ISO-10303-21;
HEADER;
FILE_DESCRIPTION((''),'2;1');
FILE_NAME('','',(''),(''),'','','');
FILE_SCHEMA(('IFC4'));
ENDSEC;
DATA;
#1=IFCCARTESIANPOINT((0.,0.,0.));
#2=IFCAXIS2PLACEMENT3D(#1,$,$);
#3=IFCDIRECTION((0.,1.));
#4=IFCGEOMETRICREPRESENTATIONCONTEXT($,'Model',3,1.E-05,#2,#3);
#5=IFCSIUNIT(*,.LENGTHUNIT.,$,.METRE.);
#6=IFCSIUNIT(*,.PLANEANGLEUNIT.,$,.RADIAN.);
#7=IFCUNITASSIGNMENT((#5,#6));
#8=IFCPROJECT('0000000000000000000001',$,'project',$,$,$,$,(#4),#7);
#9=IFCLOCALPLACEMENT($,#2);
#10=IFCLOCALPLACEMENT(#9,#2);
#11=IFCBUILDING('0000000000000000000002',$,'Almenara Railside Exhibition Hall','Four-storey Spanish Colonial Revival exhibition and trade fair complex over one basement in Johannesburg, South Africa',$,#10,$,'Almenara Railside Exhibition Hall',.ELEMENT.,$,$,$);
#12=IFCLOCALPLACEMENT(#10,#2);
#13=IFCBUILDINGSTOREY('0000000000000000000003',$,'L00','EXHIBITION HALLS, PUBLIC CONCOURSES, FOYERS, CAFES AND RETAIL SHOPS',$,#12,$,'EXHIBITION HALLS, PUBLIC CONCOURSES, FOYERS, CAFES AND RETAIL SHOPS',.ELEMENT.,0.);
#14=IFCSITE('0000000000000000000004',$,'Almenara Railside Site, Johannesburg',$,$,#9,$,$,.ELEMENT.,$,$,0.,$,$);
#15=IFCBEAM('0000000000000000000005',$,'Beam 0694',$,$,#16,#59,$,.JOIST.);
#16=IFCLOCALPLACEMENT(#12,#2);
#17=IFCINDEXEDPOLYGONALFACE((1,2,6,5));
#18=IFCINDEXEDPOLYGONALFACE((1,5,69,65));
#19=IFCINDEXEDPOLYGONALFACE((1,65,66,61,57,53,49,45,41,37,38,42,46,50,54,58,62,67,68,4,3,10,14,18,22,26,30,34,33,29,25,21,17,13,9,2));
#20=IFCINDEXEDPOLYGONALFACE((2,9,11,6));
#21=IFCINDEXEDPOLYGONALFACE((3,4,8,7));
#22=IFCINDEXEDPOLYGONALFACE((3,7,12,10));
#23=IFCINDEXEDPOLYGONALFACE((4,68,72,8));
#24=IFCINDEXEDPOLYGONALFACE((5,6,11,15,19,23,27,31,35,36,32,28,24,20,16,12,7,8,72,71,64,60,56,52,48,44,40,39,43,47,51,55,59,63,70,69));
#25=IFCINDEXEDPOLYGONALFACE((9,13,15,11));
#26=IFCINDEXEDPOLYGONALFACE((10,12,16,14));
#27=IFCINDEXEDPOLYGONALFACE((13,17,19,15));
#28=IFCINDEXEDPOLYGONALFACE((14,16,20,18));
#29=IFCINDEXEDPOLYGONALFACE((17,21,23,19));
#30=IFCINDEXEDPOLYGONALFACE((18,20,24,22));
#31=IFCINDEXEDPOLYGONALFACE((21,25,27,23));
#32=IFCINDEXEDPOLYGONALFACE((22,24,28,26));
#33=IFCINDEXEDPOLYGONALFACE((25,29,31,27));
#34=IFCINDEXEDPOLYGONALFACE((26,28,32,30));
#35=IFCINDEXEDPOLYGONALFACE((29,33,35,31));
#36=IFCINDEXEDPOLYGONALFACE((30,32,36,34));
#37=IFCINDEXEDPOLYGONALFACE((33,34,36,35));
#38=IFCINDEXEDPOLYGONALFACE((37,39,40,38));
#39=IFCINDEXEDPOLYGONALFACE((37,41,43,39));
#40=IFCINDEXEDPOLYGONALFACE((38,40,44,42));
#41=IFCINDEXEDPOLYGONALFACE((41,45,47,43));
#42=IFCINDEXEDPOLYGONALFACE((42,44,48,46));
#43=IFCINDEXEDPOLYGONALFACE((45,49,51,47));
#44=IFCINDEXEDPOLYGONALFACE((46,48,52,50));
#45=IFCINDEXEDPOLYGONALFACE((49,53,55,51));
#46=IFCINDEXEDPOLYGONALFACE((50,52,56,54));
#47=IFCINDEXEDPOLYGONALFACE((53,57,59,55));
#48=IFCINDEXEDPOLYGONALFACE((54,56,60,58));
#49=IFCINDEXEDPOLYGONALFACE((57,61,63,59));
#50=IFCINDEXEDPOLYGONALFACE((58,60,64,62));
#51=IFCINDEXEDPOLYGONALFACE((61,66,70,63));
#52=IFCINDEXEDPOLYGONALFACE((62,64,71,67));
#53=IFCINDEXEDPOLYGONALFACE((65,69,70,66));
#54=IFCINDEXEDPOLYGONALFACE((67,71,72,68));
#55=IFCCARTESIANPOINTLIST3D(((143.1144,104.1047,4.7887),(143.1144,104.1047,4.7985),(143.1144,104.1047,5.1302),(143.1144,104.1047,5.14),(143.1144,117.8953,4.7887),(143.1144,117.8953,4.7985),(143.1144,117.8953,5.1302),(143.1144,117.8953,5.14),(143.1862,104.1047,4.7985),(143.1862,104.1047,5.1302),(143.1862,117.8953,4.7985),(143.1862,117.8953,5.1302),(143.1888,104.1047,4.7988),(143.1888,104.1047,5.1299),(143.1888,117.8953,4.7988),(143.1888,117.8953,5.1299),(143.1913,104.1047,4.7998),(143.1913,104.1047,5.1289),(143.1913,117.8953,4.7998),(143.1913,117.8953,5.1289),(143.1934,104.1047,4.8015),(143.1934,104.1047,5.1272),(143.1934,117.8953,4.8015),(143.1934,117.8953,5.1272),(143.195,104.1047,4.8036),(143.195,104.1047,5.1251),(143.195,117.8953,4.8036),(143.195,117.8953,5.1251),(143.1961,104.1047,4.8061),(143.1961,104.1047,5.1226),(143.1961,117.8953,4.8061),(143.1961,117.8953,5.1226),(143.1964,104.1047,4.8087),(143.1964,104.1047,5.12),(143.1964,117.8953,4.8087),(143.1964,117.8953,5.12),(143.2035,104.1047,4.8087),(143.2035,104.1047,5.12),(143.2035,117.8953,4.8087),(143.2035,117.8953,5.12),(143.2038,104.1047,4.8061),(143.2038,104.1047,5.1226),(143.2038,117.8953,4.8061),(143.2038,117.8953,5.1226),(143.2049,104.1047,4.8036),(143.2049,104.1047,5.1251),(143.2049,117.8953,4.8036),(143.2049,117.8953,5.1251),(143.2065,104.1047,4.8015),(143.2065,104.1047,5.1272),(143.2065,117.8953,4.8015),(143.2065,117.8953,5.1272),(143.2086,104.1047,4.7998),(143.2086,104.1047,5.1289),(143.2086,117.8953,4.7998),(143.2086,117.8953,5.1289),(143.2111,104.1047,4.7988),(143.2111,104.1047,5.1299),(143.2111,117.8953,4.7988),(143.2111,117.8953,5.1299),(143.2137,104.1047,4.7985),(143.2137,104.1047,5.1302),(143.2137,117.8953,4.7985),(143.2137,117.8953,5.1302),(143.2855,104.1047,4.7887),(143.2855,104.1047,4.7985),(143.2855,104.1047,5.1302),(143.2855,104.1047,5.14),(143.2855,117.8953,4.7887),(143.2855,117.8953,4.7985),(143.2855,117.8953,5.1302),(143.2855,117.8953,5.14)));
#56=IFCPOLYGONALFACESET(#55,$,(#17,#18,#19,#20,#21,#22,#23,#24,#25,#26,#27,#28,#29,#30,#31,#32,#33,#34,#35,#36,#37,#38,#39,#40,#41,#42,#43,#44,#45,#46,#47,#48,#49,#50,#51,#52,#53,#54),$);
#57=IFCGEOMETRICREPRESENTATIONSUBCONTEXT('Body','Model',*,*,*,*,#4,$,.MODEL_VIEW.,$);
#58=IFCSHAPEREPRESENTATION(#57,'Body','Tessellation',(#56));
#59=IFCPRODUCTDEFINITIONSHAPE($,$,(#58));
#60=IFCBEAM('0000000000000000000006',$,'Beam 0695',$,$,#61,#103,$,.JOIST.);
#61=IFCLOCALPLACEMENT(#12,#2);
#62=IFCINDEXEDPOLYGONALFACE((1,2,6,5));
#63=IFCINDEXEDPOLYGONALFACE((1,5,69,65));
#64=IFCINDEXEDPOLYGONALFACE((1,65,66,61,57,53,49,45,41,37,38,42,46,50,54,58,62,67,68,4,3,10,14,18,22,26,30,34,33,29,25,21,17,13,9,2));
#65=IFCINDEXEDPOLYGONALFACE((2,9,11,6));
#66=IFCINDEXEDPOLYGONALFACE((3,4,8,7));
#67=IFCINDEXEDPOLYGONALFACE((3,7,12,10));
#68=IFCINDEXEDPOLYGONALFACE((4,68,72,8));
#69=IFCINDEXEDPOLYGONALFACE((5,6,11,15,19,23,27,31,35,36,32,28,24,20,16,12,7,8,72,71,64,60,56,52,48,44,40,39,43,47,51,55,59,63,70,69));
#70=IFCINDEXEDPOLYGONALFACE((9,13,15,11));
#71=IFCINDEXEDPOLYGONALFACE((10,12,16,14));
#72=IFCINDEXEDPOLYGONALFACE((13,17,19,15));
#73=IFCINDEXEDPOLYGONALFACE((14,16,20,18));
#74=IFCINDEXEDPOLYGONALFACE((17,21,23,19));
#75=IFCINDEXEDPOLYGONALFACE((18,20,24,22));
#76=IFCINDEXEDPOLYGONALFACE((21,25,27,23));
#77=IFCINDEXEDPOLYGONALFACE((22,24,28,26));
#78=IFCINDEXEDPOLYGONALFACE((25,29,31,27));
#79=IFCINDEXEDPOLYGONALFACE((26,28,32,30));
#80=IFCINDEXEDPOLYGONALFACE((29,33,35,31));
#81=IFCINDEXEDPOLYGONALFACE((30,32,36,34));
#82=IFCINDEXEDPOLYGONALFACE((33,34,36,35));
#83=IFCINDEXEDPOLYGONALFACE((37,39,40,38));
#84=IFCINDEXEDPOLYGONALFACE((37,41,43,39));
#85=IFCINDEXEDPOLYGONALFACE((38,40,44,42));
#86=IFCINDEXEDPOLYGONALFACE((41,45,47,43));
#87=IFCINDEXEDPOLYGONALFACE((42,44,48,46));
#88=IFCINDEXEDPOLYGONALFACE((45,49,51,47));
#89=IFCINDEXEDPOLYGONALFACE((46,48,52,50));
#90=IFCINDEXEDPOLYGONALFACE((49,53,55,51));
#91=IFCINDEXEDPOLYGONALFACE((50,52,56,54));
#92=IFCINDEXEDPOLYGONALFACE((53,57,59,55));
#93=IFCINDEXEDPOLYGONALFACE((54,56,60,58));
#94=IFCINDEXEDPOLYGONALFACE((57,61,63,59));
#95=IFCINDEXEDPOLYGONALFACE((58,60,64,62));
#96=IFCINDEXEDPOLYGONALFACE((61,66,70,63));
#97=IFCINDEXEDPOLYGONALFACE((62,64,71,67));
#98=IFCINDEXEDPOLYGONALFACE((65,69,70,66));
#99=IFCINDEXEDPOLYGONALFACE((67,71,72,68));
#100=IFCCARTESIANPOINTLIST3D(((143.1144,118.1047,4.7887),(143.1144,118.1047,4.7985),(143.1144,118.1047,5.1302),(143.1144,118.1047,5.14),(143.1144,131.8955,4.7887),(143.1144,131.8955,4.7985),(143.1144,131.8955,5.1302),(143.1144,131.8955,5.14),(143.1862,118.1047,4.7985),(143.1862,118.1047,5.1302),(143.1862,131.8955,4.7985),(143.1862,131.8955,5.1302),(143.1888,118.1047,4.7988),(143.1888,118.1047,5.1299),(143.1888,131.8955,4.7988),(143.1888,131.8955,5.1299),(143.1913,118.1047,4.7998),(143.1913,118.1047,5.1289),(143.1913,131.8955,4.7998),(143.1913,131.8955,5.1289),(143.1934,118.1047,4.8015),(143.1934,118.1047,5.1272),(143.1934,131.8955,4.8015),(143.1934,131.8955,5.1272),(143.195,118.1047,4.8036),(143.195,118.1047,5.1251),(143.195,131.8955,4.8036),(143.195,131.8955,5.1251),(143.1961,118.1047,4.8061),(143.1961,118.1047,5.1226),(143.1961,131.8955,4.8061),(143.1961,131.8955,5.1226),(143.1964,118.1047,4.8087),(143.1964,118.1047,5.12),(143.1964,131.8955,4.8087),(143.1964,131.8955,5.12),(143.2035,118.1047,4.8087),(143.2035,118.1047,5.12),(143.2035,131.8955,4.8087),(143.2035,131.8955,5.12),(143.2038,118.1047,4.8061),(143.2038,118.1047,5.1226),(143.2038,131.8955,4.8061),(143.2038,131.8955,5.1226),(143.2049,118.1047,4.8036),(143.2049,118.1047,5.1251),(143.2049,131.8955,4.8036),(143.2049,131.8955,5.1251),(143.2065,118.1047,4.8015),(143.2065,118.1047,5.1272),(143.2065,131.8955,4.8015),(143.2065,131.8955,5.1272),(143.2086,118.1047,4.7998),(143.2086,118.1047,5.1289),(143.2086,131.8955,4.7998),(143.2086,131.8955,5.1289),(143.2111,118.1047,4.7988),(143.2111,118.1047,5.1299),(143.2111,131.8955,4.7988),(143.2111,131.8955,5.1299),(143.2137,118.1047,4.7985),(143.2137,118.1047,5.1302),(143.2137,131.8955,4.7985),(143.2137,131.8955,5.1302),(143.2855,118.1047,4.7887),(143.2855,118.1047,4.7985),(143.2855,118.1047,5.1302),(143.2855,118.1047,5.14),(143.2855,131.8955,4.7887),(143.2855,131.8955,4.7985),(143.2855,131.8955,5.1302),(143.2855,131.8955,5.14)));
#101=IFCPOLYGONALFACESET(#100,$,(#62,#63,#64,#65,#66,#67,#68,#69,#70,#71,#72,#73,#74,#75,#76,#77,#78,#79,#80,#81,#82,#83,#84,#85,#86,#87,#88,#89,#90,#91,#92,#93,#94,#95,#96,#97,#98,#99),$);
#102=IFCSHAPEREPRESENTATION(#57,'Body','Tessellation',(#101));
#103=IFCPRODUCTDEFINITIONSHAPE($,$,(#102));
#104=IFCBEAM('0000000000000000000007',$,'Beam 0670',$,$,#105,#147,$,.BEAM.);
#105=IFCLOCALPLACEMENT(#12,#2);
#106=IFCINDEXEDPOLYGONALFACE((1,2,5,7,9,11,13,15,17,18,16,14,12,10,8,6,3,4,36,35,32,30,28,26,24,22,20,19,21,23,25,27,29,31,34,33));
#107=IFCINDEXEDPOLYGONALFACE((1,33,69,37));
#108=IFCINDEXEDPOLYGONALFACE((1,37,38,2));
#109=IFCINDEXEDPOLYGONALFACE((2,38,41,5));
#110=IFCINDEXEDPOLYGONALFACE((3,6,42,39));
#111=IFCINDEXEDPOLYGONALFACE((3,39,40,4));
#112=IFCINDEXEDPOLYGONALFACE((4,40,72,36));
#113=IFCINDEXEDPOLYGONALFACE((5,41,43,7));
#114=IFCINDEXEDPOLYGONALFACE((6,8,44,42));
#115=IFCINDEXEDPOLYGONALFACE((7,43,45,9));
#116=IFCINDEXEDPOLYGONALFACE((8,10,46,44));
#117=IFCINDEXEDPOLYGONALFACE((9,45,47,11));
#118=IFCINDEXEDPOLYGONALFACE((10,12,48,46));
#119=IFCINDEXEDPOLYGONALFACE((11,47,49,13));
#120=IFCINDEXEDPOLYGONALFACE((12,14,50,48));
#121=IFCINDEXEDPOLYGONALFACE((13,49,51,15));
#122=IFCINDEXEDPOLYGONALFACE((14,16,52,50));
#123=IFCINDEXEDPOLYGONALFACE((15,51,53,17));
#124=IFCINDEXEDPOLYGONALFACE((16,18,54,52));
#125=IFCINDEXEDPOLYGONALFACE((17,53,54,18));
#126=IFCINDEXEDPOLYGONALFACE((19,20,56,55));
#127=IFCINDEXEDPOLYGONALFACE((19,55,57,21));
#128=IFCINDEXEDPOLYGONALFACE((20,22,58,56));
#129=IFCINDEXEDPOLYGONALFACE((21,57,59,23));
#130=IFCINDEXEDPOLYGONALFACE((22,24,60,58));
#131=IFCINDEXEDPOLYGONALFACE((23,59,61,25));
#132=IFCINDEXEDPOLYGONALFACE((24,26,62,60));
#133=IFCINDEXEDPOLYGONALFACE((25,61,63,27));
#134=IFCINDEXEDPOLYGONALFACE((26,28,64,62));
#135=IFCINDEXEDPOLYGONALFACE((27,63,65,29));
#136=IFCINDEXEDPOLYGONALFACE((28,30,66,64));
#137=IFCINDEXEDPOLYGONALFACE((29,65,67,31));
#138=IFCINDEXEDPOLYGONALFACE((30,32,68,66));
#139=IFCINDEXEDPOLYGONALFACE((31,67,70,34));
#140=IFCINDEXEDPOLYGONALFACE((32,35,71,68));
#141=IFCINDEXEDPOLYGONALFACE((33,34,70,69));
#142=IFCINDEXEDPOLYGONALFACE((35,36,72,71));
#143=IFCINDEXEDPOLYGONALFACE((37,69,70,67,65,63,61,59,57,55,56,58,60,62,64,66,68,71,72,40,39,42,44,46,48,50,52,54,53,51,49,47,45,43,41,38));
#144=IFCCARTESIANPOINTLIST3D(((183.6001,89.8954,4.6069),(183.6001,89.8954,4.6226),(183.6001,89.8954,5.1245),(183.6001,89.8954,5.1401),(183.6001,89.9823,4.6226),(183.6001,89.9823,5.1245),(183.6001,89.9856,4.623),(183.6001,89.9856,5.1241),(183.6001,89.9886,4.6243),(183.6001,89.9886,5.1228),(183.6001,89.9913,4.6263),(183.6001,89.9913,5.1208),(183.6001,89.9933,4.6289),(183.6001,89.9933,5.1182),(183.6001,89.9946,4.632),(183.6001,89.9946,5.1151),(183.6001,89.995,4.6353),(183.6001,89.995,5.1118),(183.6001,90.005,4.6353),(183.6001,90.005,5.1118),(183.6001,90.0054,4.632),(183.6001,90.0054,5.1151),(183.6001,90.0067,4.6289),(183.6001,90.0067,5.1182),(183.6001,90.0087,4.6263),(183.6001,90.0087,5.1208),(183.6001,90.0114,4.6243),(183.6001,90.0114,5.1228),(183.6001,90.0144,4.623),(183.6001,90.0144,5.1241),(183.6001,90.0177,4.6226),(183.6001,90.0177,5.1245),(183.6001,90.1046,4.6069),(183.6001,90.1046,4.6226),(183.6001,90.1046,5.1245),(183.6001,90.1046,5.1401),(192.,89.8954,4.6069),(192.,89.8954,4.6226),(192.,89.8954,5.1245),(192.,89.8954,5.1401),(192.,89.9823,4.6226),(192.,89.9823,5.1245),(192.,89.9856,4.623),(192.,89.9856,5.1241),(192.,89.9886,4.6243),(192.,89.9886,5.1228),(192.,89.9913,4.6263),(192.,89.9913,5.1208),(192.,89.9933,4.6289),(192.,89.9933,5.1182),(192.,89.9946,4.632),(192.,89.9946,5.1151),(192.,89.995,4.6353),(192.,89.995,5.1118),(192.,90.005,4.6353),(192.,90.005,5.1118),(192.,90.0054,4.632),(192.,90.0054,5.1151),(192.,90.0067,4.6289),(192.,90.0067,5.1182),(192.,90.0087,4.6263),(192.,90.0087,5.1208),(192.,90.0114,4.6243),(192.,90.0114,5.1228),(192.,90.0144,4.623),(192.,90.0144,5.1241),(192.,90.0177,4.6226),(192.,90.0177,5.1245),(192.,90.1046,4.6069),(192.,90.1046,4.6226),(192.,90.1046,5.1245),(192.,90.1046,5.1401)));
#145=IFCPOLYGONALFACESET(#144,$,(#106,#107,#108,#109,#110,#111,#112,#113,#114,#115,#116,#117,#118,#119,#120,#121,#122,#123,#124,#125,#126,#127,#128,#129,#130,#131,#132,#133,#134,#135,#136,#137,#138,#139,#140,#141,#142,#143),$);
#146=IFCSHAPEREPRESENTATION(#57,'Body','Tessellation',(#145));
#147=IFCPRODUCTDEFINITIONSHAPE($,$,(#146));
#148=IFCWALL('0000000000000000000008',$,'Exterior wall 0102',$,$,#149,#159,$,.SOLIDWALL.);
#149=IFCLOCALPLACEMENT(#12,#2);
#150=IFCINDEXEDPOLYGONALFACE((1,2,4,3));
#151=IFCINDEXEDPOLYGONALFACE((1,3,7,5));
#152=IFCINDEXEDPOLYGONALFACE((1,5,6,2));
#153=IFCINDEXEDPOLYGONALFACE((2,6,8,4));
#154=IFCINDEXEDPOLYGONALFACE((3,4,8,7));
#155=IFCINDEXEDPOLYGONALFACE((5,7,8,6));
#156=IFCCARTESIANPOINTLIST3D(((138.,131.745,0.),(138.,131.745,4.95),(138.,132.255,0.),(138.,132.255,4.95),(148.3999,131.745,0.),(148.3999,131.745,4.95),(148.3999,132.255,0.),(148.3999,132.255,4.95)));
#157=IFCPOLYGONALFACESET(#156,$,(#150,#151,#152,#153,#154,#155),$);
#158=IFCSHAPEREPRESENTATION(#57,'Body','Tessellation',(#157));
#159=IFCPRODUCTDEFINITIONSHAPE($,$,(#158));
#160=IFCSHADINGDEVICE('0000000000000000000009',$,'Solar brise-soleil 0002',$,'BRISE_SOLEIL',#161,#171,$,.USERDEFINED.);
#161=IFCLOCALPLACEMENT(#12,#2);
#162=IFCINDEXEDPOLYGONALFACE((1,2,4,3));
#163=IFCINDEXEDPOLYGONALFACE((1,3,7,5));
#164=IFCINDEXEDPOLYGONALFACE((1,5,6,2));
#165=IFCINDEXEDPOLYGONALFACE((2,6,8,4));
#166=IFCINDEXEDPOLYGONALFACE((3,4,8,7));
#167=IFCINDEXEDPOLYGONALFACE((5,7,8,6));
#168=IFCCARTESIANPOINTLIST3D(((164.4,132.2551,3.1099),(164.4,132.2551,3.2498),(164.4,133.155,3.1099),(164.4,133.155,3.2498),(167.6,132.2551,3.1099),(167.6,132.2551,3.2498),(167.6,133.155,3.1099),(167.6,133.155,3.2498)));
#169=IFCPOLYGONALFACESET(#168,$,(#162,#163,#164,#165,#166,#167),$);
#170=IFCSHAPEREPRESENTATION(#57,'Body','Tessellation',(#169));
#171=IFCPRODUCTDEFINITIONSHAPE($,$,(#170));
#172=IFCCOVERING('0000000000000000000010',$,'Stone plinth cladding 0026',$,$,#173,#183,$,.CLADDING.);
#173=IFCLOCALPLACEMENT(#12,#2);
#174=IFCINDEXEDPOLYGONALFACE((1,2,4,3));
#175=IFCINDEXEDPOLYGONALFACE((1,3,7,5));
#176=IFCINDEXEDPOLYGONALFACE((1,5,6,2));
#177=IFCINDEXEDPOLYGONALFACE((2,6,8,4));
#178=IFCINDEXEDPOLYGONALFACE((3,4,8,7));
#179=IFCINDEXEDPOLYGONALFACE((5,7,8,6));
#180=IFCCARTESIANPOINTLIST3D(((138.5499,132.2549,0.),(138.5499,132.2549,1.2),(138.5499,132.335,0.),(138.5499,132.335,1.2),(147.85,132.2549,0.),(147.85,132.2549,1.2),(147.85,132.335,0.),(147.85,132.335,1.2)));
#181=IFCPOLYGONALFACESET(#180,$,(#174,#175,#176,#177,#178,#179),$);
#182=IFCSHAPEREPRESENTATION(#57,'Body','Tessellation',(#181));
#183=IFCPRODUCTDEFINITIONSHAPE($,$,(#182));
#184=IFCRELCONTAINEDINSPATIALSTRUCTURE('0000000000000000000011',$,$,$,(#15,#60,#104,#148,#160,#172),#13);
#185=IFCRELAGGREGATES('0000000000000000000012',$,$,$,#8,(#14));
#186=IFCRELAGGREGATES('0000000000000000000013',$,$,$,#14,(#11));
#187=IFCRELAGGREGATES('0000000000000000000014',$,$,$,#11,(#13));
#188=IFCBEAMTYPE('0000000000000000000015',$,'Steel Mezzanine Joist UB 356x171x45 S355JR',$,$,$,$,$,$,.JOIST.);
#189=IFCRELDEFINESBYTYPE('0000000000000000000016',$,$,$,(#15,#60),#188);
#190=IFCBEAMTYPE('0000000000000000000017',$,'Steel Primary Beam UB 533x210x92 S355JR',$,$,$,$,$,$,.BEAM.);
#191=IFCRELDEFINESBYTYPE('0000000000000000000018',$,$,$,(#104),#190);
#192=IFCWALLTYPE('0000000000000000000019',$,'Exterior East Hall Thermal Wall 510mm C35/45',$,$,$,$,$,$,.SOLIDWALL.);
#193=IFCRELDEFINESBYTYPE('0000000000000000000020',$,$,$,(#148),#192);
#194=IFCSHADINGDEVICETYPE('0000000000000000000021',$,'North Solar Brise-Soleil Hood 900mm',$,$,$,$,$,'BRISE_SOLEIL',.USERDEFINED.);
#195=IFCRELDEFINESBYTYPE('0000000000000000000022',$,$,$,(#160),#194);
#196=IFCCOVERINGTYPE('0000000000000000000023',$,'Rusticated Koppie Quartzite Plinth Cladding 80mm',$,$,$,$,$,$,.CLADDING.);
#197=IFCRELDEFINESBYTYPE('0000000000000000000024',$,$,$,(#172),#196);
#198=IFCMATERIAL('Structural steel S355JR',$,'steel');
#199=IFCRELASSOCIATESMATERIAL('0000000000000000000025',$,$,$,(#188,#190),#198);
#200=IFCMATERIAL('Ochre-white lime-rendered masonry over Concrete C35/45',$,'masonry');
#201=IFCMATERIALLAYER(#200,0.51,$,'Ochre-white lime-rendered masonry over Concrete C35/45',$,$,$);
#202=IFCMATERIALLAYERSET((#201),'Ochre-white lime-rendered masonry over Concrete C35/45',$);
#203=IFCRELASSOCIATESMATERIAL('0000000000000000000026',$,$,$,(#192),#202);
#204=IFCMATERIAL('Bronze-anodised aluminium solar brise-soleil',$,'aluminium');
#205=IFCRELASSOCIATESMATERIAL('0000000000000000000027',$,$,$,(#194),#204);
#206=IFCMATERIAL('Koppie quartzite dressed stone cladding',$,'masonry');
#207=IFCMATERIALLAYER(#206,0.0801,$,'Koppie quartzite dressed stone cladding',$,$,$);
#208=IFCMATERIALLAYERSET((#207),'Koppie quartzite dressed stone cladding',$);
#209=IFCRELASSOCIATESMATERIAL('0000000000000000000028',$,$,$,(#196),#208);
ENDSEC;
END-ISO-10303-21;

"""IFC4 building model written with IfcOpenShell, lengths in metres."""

from ifc_helpers import new_model, si_unit, direction, frame, frame_2d, origin, origin_2d, place, context, subcontext, project, spatial, rectangle, i_section, extrude, material, layer, layer_set, material_profile, profile_set, type_object, element, save


model = new_model("IFC4")

# Units and contexts
model_context = context("Model", 3, precision=1e-05, world=origin(), true_north=direction((0.0, 1.0)))
body_context = subcontext(model_context, "Body", "Model", "MODEL_VIEW")
ifc_project = project(units=[si_unit("LENGTHUNIT", "METRE"), si_unit("PLANEANGLEUNIT", "RADIAN")], contexts=[model_context])

# Site, building, storey
site_placement = place(None, origin())
site = spatial("IfcSite", under=ifc_project, at=site_placement, Name="Almenara Railside Site, Johannesburg", CompositionType="ELEMENT", RefElevation=0.0)
building_placement = place(site_placement, origin())
building = spatial("IfcBuilding", under=site, at=building_placement, Name="Almenara Railside Exhibition Hall", Description="Four-storey Spanish Colonial Revival exhibition and trade fair complex over one basement in Johannesburg, South Africa", LongName="Almenara Railside Exhibition Hall", CompositionType="ELEMENT")
storey_placement = place(building_placement, origin())
storey = spatial("IfcBuildingStorey", under=building, at=storey_placement, Name="L00", Description="EXHIBITION HALLS, PUBLIC CONCOURSES, FOYERS, CAFES AND RETAIL SHOPS", LongName="EXHIBITION HALLS, PUBLIC CONCOURSES, FOYERS, CAFES AND RETAIL SHOPS", CompositionType="ELEMENT", Elevation=0.0)

# Beams
ifc_material_1 = material(Name="Structural steel S355JR", Category="steel")
ifc_material_profile_1 = material_profile(ifc_material_1, i_section(OverallWidth=0.1711, OverallDepth=0.3513, WebThickness=0.0071, FlangeThickness=0.0098, FilletRadius=0.0103, at=origin_2d()), Name="UB 356x171x45")
ifc_profile_set_1 = profile_set([ifc_material_profile_1], Name="Structural steel S355JR")
beam_type_1 = type_object("IfcBeamType", Name="Steel Mezzanine Joist UB 356x171x45 S355JR", PredefinedType="JOIST", material=ifc_profile_set_1)
for number, where, z_axis, x_axis, name in (
    (1, (143.2, 104.1047, 4.9644), (0.0, 1.0, 0.0), (-1.0, 0.0, 0.0), "Beam 0694"),
):
    element("IfcBeam", number, at=place(storey_placement, frame(where, z_axis=z_axis, x_axis=x_axis)), inside=storey, type_object=beam_type_1, Name=name, PredefinedType="JOIST", context=body_context, shape_type="SweptSolid", body=[
        extrude(i_section(OverallWidth=0.1711, OverallDepth=0.3513, WebThickness=0.0071, FlangeThickness=0.0098, FilletRadius=0.0103, at=origin_2d()), origin(), (0.0, 0.0, 1.0), 13.7905),
    ])
beam_1_placement = place(storey_placement, frame((143.2, 118.1047, 4.9644), z_axis=(0.0, 1.0, 0.0), x_axis=(-1.0, 0.0, 0.0)))
element("IfcBeam", 2, at=beam_1_placement, inside=storey, type_object=beam_type_1, Name="Beam 0695", PredefinedType="JOIST", context=body_context, shape_type="SweptSolid", body=[
    extrude(i_section(OverallWidth=0.1711, OverallDepth=0.3513, WebThickness=0.0071, FlangeThickness=0.0098, FilletRadius=0.0103, at=origin_2d()), origin(), (0.0, 0.0, 1.0), 13.7908),
])
ifc_material_profile_2 = material_profile(ifc_material_1, i_section(OverallWidth=0.2092, OverallDepth=0.5332, WebThickness=0.01, FlangeThickness=0.0156, FilletRadius=0.0127, at=origin_2d()), Name="UB 533x210x92")
ifc_profile_set_2 = profile_set([ifc_material_profile_2], Name="Structural steel S355JR")
beam_type_2 = type_object("IfcBeamType", Name="Steel Primary Beam UB 533x210x92 S355JR", PredefinedType="BEAM", material=ifc_profile_set_2)
beam_2_placement = place(storey_placement, frame((183.6001, 90.0, 4.8735), z_axis=(1.0, 0.0, 0.0), x_axis=(0.0, 1.0, 0.0)))
element("IfcBeam", 3, at=beam_2_placement, inside=storey, type_object=beam_type_2, Name="Beam 0670", PredefinedType="BEAM", context=body_context, shape_type="SweptSolid", body=[
    extrude(i_section(OverallWidth=0.2092, OverallDepth=0.5332, WebThickness=0.01, FlangeThickness=0.0156, FilletRadius=0.0127, at=origin_2d()), origin(), (0.0, 0.0, 1.0), 8.3999),
])

# Wall
ifc_material_2 = material(Name="Ochre-white lime-rendered masonry over Concrete C35/45", Category="masonry")
ifc_layer_1 = layer(ifc_material_2, 0.51, Name="Ochre-white lime-rendered masonry over Concrete C35/45")
ifc_layer_set_1 = layer_set([ifc_layer_1], Name="Ochre-white lime-rendered masonry over Concrete C35/45")
wall_type = type_object("IfcWallType", Name="Exterior East Hall Thermal Wall 510mm C35/45", PredefinedType="SOLIDWALL", material=ifc_layer_set_1)
wall_placement = place(storey_placement, frame((148.3999, 132.0, 0.0), z_axis=(0.0, 0.0, 1.0), x_axis=(-1.0, 0.0, 0.0)))
element("IfcWall", 4, at=wall_placement, inside=storey, type_object=wall_type, Name="Exterior wall 0102", PredefinedType="SOLIDWALL", context=body_context, shape_type="SweptSolid", body=[
    extrude(rectangle(XDim=10.3999, YDim=0.51, at=frame_2d((5.2, 0.0))), origin(), (0.0, 0.0, 1.0), 4.95),
])

# Shading device
ifc_material_3 = material(Name="Bronze-anodised aluminium solar brise-soleil", Category="aluminium")
shading_device_type = type_object("IfcShadingDeviceType", Name="North Solar Brise-Soleil Hood 900mm", ElementType="BRISE_SOLEIL", PredefinedType="USERDEFINED", material=ifc_material_3)
shading_device_placement = place(storey_placement, frame((166.0, 132.7051, 3.1099), z_axis=(0.0, 0.0, 1.0), x_axis=(-1.0, 0.0, 0.0)))
element("IfcShadingDevice", 5, at=shading_device_placement, inside=storey, type_object=shading_device_type, Name="Solar brise-soleil 0002", ObjectType="BRISE_SOLEIL", PredefinedType="USERDEFINED", context=body_context, shape_type="SweptSolid", body=[
    extrude(rectangle(XDim=3.2, YDim=0.8999, at=origin_2d()), origin(), (0.0, 0.0, 1.0), 0.1399),
])

# Covering
ifc_material_4 = material(Name="Koppie quartzite dressed stone cladding", Category="masonry")
ifc_layer_2 = layer(ifc_material_4, 0.0801, Name="Koppie quartzite dressed stone cladding")
ifc_layer_set_2 = layer_set([ifc_layer_2], Name="Koppie quartzite dressed stone cladding")
covering_type = type_object("IfcCoveringType", Name="Rusticated Koppie Quartzite Plinth Cladding 80mm", PredefinedType="CLADDING", material=ifc_layer_set_2)
covering_1_placement = place(storey_placement, frame((143.2, 132.2949, 0.0), z_axis=(0.0, 0.0, 1.0), x_axis=(-1.0, 0.0, 0.0)))
element("IfcCovering", 6, at=covering_1_placement, inside=storey, type_object=covering_type, Name="Stone plinth cladding 0026", PredefinedType="CLADDING", context=body_context, shape_type="SweptSolid", body=[
    extrude(rectangle(XDim=9.3, YDim=0.0801, at=origin_2d()), origin(), (0.0, 0.0, 1.0), 1.2),
])

save(model, "model.ifc")
